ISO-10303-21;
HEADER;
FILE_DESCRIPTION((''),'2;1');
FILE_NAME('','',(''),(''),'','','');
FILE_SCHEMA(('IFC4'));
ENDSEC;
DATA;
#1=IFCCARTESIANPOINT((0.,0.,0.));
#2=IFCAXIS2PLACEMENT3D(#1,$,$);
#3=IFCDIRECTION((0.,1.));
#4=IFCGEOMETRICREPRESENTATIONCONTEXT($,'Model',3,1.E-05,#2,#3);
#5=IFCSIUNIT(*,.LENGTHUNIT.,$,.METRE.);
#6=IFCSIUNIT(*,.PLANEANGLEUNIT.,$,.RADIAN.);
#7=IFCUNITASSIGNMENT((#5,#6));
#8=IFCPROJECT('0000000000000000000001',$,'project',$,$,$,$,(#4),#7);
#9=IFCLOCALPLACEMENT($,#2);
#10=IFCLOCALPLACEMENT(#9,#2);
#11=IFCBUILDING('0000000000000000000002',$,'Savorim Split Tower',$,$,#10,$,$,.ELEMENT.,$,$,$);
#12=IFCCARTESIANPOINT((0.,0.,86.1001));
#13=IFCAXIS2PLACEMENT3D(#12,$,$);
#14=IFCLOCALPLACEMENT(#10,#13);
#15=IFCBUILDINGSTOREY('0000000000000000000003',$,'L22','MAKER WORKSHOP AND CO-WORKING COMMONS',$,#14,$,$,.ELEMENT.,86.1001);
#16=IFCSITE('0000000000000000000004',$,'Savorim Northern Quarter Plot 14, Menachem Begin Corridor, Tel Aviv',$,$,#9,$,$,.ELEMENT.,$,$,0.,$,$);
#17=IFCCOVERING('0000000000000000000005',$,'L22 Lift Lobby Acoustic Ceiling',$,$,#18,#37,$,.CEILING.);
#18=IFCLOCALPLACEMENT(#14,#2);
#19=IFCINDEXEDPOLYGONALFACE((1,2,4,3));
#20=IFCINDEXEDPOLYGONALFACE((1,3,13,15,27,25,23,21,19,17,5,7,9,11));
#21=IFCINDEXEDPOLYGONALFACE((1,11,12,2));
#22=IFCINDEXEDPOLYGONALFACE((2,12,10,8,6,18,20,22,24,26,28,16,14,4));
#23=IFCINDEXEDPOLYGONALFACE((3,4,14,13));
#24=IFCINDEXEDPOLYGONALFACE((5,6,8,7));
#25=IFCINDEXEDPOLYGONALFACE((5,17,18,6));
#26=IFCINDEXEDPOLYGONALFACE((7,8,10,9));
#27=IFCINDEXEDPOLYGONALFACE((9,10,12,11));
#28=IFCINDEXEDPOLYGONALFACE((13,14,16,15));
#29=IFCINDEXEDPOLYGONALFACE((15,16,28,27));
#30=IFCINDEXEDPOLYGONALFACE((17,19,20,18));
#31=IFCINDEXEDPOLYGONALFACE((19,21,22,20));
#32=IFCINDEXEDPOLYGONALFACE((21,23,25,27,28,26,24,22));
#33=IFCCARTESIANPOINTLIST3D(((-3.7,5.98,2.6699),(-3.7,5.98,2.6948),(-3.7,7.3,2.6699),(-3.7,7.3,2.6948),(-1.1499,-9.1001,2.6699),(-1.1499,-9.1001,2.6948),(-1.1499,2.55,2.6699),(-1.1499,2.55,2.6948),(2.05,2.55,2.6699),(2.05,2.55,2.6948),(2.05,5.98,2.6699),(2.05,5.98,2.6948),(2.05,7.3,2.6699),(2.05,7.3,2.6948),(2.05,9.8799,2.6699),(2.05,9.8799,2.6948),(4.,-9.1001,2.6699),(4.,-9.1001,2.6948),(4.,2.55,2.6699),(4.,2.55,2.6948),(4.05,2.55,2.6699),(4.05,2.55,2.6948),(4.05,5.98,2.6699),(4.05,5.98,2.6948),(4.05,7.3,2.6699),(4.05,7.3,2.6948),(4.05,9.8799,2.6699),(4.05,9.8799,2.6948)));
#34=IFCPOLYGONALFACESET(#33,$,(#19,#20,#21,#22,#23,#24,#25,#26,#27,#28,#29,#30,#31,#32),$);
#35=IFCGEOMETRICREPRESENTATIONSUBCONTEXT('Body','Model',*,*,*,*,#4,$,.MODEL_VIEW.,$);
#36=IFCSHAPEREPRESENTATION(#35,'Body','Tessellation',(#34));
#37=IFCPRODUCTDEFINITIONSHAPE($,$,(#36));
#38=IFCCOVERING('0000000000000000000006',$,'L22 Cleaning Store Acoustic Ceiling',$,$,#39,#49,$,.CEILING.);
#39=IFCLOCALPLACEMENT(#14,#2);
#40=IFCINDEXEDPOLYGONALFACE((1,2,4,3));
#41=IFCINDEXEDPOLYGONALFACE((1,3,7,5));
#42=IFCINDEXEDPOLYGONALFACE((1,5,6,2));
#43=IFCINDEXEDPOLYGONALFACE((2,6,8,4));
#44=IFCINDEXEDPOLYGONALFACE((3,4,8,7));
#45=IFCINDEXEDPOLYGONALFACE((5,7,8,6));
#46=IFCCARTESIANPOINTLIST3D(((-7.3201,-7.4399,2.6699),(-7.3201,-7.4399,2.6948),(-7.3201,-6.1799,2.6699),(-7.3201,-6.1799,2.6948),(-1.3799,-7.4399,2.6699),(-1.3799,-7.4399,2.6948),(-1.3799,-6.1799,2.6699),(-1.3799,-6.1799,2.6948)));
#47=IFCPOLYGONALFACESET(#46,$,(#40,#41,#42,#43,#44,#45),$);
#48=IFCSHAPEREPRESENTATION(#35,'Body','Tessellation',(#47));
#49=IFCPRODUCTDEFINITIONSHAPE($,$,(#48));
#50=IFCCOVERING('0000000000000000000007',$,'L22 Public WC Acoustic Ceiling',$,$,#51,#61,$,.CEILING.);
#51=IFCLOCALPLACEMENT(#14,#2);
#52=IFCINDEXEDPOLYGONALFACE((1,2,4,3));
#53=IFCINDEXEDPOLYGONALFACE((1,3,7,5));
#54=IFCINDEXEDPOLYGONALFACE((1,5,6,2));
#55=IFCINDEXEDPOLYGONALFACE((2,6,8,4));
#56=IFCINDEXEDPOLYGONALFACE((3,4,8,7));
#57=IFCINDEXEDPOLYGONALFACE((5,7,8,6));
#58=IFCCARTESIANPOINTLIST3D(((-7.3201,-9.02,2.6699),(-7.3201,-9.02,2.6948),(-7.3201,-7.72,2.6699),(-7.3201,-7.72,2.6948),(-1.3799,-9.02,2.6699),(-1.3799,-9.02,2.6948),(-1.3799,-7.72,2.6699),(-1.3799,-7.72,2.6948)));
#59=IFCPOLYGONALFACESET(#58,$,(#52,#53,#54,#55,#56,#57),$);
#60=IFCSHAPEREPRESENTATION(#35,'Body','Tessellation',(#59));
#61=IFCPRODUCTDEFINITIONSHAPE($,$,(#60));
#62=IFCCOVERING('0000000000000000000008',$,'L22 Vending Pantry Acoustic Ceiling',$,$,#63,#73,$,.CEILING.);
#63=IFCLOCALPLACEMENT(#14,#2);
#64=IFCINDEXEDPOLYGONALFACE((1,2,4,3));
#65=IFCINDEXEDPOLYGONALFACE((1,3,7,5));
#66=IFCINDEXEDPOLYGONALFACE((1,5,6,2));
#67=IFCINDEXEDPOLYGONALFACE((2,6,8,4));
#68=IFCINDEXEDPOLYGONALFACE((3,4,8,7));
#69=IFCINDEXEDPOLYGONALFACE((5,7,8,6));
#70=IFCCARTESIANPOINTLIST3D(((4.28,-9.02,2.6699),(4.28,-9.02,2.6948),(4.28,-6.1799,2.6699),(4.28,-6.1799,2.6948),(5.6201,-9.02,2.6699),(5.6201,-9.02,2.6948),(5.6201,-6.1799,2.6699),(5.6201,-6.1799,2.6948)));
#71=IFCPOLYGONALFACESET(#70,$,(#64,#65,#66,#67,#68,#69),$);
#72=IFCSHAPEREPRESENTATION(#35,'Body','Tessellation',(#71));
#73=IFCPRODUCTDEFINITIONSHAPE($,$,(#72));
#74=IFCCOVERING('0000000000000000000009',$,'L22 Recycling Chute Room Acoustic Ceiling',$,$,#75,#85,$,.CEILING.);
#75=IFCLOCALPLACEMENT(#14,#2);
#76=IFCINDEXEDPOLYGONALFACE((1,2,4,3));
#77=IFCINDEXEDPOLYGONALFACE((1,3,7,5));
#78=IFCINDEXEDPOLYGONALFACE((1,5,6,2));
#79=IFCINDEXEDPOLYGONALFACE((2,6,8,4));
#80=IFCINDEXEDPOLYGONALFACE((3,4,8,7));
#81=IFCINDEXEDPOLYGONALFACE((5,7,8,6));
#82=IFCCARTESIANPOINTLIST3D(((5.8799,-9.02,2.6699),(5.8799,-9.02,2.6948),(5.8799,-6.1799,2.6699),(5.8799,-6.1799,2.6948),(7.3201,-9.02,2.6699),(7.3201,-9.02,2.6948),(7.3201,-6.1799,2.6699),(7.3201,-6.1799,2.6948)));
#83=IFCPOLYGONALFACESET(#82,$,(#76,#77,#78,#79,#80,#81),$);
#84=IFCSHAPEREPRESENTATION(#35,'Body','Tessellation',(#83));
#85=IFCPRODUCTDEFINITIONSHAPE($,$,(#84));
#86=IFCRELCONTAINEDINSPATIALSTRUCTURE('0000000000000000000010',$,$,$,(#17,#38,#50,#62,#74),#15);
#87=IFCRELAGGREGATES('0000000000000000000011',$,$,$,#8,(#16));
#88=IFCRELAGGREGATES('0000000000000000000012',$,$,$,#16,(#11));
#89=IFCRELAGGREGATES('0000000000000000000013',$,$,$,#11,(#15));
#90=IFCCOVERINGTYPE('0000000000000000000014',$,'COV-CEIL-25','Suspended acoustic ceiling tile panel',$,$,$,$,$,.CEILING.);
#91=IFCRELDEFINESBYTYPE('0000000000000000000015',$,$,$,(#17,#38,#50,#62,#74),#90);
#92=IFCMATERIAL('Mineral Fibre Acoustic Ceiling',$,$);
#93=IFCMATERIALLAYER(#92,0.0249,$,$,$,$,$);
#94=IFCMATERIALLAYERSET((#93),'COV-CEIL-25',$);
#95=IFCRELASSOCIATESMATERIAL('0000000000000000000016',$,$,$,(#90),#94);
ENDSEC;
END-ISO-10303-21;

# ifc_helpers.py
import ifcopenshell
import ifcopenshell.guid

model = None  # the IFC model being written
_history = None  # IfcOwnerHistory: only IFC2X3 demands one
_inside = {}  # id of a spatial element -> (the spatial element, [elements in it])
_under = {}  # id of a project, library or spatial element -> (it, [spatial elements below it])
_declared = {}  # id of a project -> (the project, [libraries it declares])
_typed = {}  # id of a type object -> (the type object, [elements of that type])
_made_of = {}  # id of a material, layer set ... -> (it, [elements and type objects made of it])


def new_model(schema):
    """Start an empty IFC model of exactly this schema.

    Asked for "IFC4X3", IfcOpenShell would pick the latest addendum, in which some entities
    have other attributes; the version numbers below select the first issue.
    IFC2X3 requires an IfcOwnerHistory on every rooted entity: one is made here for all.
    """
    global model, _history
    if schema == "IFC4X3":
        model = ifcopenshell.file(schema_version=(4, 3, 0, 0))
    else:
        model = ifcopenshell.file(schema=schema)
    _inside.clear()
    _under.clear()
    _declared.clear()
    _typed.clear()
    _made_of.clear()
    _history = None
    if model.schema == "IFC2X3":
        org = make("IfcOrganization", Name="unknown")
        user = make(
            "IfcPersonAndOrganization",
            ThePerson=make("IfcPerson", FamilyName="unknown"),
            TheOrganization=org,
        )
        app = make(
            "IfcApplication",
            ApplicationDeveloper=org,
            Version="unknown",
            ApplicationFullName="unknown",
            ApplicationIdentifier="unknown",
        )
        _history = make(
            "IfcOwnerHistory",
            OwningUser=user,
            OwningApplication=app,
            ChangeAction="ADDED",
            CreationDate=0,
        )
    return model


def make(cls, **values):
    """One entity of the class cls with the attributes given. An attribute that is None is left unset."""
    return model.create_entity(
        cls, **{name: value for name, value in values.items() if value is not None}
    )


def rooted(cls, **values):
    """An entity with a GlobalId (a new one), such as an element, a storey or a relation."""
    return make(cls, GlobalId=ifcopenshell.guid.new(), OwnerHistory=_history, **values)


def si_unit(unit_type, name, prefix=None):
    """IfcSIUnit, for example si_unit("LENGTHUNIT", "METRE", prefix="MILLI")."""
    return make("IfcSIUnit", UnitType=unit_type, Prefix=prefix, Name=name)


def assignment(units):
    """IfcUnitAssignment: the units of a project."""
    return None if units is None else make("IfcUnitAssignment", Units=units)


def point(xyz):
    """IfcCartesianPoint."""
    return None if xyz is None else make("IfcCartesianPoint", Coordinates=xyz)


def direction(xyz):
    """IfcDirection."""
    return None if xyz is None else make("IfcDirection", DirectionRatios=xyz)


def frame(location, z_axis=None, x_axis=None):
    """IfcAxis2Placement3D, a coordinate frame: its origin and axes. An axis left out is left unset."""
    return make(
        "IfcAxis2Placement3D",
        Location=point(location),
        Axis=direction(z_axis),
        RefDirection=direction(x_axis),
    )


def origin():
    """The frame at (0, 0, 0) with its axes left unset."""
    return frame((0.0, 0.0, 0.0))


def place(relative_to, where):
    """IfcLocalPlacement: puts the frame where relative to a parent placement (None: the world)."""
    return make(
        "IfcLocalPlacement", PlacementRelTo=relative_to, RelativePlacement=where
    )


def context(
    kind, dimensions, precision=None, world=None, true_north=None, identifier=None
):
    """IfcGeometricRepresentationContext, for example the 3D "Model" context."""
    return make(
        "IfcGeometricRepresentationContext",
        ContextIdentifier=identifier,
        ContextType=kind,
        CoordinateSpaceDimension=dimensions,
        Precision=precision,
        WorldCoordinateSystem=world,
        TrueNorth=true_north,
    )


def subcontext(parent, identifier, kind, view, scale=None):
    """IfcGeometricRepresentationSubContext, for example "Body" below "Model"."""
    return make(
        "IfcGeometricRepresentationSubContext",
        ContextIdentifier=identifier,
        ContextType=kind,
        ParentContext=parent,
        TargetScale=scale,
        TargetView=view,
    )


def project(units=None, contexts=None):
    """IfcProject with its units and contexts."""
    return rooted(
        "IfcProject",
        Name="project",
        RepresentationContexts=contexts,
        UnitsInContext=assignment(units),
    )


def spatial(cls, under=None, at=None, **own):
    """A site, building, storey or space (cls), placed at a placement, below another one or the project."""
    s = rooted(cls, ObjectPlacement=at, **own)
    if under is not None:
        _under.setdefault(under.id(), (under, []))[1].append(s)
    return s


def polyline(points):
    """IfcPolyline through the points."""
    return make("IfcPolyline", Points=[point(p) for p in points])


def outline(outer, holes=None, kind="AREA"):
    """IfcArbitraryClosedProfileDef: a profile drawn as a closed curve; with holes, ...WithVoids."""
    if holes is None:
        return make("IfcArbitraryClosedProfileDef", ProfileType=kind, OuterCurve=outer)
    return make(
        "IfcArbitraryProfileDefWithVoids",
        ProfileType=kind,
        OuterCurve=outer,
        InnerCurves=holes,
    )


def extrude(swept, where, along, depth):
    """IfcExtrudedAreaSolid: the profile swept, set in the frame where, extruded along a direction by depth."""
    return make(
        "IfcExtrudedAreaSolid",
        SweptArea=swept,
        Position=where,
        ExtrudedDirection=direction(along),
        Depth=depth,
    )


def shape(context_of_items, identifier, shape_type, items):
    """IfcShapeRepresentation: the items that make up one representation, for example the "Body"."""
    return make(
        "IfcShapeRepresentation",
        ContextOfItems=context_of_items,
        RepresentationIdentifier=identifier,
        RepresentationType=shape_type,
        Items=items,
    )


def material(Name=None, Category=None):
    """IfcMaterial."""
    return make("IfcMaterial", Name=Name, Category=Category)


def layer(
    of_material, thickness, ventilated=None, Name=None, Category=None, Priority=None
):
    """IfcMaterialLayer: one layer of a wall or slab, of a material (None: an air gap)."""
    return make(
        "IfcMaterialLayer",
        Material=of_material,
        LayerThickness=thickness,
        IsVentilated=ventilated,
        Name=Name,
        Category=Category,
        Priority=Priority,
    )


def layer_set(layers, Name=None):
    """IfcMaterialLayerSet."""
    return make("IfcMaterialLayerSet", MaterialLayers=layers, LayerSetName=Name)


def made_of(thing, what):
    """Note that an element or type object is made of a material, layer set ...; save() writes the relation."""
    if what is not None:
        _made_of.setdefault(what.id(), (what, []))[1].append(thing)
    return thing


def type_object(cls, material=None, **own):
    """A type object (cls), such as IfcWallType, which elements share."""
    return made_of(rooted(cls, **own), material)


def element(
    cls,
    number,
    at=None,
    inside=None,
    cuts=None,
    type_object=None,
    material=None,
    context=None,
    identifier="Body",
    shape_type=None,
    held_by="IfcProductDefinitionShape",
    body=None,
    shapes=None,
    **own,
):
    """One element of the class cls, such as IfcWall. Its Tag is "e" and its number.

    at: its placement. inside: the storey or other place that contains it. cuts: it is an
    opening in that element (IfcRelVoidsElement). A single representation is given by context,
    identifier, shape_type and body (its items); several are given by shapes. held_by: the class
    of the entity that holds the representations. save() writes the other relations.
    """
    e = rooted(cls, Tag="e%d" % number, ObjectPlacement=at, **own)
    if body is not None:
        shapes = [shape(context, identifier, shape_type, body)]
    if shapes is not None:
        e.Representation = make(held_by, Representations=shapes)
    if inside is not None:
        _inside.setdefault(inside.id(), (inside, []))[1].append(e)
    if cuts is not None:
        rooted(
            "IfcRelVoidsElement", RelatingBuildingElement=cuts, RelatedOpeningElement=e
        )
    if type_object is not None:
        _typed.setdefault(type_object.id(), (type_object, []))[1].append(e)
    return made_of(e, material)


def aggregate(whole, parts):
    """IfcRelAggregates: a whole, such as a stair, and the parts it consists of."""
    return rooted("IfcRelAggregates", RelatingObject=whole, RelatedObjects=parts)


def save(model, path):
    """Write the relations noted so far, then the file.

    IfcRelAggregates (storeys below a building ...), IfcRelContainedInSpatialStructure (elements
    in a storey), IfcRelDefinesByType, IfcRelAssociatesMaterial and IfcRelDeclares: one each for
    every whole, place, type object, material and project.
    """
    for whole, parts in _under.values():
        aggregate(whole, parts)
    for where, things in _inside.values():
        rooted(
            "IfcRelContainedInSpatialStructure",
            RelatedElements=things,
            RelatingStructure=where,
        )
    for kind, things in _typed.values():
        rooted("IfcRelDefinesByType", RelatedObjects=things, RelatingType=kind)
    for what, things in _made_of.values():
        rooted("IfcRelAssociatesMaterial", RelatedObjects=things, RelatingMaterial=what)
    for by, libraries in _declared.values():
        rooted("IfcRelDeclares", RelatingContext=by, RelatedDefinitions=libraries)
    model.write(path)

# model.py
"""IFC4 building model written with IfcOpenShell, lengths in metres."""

from ifc_helpers import new_model, si_unit, direction, frame, origin, place, context, subcontext, project, spatial, polyline, outline, extrude, material, layer, layer_set, type_object, element, save


model = new_model("IFC4")

# Units and contexts
model_context = context("Model", 3, precision=1e-05, world=origin(), true_north=direction((0.0, 1.0)))
body_context = subcontext(model_context, "Body", "Model", "MODEL_VIEW")
ifc_project = project(units=[si_unit("LENGTHUNIT", "METRE"), si_unit("PLANEANGLEUNIT", "RADIAN")], contexts=[model_context])

# Site, building, storey
site_placement = place(None, origin())
site = spatial("IfcSite", under=ifc_project, at=site_placement, Name="Savorim Northern Quarter Plot 14, Menachem Begin Corridor, Tel Aviv", CompositionType="ELEMENT", RefElevation=0.0)
building_placement = place(site_placement, origin())
building = spatial("IfcBuilding", under=site, at=building_placement, Name="Savorim Split Tower", CompositionType="ELEMENT")
storey_placement = place(building_placement, frame((0.0, 0.0, 86.1001)))
storey = spatial("IfcBuildingStorey", under=building, at=storey_placement, Name="L22", Description="MAKER WORKSHOP AND CO-WORKING COMMONS", CompositionType="ELEMENT", Elevation=86.1001)

# Coverings
ifc_material_1 = material(Name="Mineral Fibre Acoustic Ceiling")
ifc_layer_1 = layer(ifc_material_1, 0.0249)
ifc_layer_set_1 = layer_set([ifc_layer_1], Name="COV-CEIL-25")
covering_type_1 = type_object("IfcCoveringType", Name="COV-CEIL-25", Description="Suspended acoustic ceiling tile panel", PredefinedType="CEILING", material=ifc_layer_set_1)
covering_1_placement = place(storey_placement, frame((0.0, 0.0, 2.6699)))
element("IfcCovering", 1, at=covering_1_placement, inside=storey, type_object=covering_type_1, Name="L22 Lift Lobby Acoustic Ceiling", PredefinedType="CEILING", context=body_context, shape_type="SweptSolid", body=[
    extrude(outline(polyline([(2.05, 2.55), (-1.1499, 2.55), (-1.1499, -9.1001), (4.0, -9.1001), (4.0, 2.55), (4.05, 2.55), (4.05, 5.98), (4.05, 7.3), (4.05, 9.8799), (2.05, 9.8799), (2.05, 7.3), (-3.7, 7.3), (-3.7, 5.98), (2.05, 5.98), (2.05, 2.55)])), origin(), (0.0, 0.0, 1.0), 0.0249),
])
covering_2_placement = place(storey_placement, frame((0.0, 0.0, 2.6699)))
element("IfcCovering", 2, at=covering_2_placement, inside=storey, type_object=covering_type_1, Name="L22 Cleaning Store Acoustic Ceiling", PredefinedType="CEILING", context=body_context, shape_type="SweptSolid", body=[
    extrude(outline(polyline([(-7.3201, -6.1799), (-7.3201, -7.4399), (-1.3799, -7.4399), (-1.3799, -6.1799), (-7.3201, -6.1799)])), origin(), (0.0, 0.0, 1.0), 0.0249),
])
covering_3_placement = place(storey_placement, frame((0.0, 0.0, 2.6699)))
element("IfcCovering", 3, at=covering_3_placement, inside=storey, type_object=covering_type_1, Name="L22 Public WC Acoustic Ceiling", PredefinedType="CEILING", context=body_context, shape_type="SweptSolid", body=[
    extrude(outline(polyline([(-7.3201, -7.72), (-7.3201, -9.02), (-1.3799, -9.02), (-1.3799, -7.72), (-7.3201, -7.72)])), origin(), (0.0, 0.0, 1.0), 0.0249),
])
covering_4_placement = place(storey_placement, frame((0.0, 0.0, 2.6699)))
element("IfcCovering", 4, at=covering_4_placement, inside=storey, type_object=covering_type_1, Name="L22 Vending Pantry Acoustic Ceiling", PredefinedType="CEILING", context=body_context, shape_type="SweptSolid", body=[
    extrude(outline(polyline([(4.28, -6.1799), (4.28, -9.02), (5.6201, -9.02), (5.6201, -6.1799), (4.28, -6.1799)])), origin(), (0.0, 0.0, 1.0), 0.0249),
])
covering_5_placement = place(storey_placement, frame((0.0, 0.0, 2.6699)))
element("IfcCovering", 5, at=covering_5_placement, inside=storey, type_object=covering_type_1, Name="L22 Recycling Chute Room Acoustic Ceiling", PredefinedType="CEILING", context=body_context, shape_type="SweptSolid", body=[
    extrude(outline(polyline([(5.8799, -6.1799), (5.8799, -9.02), (7.3201, -9.02), (7.3201, -6.1799), (5.8799, -6.1799)])), origin(), (0.0, 0.0, 1.0), 0.0249),
])

save(model, "model.ifc")
